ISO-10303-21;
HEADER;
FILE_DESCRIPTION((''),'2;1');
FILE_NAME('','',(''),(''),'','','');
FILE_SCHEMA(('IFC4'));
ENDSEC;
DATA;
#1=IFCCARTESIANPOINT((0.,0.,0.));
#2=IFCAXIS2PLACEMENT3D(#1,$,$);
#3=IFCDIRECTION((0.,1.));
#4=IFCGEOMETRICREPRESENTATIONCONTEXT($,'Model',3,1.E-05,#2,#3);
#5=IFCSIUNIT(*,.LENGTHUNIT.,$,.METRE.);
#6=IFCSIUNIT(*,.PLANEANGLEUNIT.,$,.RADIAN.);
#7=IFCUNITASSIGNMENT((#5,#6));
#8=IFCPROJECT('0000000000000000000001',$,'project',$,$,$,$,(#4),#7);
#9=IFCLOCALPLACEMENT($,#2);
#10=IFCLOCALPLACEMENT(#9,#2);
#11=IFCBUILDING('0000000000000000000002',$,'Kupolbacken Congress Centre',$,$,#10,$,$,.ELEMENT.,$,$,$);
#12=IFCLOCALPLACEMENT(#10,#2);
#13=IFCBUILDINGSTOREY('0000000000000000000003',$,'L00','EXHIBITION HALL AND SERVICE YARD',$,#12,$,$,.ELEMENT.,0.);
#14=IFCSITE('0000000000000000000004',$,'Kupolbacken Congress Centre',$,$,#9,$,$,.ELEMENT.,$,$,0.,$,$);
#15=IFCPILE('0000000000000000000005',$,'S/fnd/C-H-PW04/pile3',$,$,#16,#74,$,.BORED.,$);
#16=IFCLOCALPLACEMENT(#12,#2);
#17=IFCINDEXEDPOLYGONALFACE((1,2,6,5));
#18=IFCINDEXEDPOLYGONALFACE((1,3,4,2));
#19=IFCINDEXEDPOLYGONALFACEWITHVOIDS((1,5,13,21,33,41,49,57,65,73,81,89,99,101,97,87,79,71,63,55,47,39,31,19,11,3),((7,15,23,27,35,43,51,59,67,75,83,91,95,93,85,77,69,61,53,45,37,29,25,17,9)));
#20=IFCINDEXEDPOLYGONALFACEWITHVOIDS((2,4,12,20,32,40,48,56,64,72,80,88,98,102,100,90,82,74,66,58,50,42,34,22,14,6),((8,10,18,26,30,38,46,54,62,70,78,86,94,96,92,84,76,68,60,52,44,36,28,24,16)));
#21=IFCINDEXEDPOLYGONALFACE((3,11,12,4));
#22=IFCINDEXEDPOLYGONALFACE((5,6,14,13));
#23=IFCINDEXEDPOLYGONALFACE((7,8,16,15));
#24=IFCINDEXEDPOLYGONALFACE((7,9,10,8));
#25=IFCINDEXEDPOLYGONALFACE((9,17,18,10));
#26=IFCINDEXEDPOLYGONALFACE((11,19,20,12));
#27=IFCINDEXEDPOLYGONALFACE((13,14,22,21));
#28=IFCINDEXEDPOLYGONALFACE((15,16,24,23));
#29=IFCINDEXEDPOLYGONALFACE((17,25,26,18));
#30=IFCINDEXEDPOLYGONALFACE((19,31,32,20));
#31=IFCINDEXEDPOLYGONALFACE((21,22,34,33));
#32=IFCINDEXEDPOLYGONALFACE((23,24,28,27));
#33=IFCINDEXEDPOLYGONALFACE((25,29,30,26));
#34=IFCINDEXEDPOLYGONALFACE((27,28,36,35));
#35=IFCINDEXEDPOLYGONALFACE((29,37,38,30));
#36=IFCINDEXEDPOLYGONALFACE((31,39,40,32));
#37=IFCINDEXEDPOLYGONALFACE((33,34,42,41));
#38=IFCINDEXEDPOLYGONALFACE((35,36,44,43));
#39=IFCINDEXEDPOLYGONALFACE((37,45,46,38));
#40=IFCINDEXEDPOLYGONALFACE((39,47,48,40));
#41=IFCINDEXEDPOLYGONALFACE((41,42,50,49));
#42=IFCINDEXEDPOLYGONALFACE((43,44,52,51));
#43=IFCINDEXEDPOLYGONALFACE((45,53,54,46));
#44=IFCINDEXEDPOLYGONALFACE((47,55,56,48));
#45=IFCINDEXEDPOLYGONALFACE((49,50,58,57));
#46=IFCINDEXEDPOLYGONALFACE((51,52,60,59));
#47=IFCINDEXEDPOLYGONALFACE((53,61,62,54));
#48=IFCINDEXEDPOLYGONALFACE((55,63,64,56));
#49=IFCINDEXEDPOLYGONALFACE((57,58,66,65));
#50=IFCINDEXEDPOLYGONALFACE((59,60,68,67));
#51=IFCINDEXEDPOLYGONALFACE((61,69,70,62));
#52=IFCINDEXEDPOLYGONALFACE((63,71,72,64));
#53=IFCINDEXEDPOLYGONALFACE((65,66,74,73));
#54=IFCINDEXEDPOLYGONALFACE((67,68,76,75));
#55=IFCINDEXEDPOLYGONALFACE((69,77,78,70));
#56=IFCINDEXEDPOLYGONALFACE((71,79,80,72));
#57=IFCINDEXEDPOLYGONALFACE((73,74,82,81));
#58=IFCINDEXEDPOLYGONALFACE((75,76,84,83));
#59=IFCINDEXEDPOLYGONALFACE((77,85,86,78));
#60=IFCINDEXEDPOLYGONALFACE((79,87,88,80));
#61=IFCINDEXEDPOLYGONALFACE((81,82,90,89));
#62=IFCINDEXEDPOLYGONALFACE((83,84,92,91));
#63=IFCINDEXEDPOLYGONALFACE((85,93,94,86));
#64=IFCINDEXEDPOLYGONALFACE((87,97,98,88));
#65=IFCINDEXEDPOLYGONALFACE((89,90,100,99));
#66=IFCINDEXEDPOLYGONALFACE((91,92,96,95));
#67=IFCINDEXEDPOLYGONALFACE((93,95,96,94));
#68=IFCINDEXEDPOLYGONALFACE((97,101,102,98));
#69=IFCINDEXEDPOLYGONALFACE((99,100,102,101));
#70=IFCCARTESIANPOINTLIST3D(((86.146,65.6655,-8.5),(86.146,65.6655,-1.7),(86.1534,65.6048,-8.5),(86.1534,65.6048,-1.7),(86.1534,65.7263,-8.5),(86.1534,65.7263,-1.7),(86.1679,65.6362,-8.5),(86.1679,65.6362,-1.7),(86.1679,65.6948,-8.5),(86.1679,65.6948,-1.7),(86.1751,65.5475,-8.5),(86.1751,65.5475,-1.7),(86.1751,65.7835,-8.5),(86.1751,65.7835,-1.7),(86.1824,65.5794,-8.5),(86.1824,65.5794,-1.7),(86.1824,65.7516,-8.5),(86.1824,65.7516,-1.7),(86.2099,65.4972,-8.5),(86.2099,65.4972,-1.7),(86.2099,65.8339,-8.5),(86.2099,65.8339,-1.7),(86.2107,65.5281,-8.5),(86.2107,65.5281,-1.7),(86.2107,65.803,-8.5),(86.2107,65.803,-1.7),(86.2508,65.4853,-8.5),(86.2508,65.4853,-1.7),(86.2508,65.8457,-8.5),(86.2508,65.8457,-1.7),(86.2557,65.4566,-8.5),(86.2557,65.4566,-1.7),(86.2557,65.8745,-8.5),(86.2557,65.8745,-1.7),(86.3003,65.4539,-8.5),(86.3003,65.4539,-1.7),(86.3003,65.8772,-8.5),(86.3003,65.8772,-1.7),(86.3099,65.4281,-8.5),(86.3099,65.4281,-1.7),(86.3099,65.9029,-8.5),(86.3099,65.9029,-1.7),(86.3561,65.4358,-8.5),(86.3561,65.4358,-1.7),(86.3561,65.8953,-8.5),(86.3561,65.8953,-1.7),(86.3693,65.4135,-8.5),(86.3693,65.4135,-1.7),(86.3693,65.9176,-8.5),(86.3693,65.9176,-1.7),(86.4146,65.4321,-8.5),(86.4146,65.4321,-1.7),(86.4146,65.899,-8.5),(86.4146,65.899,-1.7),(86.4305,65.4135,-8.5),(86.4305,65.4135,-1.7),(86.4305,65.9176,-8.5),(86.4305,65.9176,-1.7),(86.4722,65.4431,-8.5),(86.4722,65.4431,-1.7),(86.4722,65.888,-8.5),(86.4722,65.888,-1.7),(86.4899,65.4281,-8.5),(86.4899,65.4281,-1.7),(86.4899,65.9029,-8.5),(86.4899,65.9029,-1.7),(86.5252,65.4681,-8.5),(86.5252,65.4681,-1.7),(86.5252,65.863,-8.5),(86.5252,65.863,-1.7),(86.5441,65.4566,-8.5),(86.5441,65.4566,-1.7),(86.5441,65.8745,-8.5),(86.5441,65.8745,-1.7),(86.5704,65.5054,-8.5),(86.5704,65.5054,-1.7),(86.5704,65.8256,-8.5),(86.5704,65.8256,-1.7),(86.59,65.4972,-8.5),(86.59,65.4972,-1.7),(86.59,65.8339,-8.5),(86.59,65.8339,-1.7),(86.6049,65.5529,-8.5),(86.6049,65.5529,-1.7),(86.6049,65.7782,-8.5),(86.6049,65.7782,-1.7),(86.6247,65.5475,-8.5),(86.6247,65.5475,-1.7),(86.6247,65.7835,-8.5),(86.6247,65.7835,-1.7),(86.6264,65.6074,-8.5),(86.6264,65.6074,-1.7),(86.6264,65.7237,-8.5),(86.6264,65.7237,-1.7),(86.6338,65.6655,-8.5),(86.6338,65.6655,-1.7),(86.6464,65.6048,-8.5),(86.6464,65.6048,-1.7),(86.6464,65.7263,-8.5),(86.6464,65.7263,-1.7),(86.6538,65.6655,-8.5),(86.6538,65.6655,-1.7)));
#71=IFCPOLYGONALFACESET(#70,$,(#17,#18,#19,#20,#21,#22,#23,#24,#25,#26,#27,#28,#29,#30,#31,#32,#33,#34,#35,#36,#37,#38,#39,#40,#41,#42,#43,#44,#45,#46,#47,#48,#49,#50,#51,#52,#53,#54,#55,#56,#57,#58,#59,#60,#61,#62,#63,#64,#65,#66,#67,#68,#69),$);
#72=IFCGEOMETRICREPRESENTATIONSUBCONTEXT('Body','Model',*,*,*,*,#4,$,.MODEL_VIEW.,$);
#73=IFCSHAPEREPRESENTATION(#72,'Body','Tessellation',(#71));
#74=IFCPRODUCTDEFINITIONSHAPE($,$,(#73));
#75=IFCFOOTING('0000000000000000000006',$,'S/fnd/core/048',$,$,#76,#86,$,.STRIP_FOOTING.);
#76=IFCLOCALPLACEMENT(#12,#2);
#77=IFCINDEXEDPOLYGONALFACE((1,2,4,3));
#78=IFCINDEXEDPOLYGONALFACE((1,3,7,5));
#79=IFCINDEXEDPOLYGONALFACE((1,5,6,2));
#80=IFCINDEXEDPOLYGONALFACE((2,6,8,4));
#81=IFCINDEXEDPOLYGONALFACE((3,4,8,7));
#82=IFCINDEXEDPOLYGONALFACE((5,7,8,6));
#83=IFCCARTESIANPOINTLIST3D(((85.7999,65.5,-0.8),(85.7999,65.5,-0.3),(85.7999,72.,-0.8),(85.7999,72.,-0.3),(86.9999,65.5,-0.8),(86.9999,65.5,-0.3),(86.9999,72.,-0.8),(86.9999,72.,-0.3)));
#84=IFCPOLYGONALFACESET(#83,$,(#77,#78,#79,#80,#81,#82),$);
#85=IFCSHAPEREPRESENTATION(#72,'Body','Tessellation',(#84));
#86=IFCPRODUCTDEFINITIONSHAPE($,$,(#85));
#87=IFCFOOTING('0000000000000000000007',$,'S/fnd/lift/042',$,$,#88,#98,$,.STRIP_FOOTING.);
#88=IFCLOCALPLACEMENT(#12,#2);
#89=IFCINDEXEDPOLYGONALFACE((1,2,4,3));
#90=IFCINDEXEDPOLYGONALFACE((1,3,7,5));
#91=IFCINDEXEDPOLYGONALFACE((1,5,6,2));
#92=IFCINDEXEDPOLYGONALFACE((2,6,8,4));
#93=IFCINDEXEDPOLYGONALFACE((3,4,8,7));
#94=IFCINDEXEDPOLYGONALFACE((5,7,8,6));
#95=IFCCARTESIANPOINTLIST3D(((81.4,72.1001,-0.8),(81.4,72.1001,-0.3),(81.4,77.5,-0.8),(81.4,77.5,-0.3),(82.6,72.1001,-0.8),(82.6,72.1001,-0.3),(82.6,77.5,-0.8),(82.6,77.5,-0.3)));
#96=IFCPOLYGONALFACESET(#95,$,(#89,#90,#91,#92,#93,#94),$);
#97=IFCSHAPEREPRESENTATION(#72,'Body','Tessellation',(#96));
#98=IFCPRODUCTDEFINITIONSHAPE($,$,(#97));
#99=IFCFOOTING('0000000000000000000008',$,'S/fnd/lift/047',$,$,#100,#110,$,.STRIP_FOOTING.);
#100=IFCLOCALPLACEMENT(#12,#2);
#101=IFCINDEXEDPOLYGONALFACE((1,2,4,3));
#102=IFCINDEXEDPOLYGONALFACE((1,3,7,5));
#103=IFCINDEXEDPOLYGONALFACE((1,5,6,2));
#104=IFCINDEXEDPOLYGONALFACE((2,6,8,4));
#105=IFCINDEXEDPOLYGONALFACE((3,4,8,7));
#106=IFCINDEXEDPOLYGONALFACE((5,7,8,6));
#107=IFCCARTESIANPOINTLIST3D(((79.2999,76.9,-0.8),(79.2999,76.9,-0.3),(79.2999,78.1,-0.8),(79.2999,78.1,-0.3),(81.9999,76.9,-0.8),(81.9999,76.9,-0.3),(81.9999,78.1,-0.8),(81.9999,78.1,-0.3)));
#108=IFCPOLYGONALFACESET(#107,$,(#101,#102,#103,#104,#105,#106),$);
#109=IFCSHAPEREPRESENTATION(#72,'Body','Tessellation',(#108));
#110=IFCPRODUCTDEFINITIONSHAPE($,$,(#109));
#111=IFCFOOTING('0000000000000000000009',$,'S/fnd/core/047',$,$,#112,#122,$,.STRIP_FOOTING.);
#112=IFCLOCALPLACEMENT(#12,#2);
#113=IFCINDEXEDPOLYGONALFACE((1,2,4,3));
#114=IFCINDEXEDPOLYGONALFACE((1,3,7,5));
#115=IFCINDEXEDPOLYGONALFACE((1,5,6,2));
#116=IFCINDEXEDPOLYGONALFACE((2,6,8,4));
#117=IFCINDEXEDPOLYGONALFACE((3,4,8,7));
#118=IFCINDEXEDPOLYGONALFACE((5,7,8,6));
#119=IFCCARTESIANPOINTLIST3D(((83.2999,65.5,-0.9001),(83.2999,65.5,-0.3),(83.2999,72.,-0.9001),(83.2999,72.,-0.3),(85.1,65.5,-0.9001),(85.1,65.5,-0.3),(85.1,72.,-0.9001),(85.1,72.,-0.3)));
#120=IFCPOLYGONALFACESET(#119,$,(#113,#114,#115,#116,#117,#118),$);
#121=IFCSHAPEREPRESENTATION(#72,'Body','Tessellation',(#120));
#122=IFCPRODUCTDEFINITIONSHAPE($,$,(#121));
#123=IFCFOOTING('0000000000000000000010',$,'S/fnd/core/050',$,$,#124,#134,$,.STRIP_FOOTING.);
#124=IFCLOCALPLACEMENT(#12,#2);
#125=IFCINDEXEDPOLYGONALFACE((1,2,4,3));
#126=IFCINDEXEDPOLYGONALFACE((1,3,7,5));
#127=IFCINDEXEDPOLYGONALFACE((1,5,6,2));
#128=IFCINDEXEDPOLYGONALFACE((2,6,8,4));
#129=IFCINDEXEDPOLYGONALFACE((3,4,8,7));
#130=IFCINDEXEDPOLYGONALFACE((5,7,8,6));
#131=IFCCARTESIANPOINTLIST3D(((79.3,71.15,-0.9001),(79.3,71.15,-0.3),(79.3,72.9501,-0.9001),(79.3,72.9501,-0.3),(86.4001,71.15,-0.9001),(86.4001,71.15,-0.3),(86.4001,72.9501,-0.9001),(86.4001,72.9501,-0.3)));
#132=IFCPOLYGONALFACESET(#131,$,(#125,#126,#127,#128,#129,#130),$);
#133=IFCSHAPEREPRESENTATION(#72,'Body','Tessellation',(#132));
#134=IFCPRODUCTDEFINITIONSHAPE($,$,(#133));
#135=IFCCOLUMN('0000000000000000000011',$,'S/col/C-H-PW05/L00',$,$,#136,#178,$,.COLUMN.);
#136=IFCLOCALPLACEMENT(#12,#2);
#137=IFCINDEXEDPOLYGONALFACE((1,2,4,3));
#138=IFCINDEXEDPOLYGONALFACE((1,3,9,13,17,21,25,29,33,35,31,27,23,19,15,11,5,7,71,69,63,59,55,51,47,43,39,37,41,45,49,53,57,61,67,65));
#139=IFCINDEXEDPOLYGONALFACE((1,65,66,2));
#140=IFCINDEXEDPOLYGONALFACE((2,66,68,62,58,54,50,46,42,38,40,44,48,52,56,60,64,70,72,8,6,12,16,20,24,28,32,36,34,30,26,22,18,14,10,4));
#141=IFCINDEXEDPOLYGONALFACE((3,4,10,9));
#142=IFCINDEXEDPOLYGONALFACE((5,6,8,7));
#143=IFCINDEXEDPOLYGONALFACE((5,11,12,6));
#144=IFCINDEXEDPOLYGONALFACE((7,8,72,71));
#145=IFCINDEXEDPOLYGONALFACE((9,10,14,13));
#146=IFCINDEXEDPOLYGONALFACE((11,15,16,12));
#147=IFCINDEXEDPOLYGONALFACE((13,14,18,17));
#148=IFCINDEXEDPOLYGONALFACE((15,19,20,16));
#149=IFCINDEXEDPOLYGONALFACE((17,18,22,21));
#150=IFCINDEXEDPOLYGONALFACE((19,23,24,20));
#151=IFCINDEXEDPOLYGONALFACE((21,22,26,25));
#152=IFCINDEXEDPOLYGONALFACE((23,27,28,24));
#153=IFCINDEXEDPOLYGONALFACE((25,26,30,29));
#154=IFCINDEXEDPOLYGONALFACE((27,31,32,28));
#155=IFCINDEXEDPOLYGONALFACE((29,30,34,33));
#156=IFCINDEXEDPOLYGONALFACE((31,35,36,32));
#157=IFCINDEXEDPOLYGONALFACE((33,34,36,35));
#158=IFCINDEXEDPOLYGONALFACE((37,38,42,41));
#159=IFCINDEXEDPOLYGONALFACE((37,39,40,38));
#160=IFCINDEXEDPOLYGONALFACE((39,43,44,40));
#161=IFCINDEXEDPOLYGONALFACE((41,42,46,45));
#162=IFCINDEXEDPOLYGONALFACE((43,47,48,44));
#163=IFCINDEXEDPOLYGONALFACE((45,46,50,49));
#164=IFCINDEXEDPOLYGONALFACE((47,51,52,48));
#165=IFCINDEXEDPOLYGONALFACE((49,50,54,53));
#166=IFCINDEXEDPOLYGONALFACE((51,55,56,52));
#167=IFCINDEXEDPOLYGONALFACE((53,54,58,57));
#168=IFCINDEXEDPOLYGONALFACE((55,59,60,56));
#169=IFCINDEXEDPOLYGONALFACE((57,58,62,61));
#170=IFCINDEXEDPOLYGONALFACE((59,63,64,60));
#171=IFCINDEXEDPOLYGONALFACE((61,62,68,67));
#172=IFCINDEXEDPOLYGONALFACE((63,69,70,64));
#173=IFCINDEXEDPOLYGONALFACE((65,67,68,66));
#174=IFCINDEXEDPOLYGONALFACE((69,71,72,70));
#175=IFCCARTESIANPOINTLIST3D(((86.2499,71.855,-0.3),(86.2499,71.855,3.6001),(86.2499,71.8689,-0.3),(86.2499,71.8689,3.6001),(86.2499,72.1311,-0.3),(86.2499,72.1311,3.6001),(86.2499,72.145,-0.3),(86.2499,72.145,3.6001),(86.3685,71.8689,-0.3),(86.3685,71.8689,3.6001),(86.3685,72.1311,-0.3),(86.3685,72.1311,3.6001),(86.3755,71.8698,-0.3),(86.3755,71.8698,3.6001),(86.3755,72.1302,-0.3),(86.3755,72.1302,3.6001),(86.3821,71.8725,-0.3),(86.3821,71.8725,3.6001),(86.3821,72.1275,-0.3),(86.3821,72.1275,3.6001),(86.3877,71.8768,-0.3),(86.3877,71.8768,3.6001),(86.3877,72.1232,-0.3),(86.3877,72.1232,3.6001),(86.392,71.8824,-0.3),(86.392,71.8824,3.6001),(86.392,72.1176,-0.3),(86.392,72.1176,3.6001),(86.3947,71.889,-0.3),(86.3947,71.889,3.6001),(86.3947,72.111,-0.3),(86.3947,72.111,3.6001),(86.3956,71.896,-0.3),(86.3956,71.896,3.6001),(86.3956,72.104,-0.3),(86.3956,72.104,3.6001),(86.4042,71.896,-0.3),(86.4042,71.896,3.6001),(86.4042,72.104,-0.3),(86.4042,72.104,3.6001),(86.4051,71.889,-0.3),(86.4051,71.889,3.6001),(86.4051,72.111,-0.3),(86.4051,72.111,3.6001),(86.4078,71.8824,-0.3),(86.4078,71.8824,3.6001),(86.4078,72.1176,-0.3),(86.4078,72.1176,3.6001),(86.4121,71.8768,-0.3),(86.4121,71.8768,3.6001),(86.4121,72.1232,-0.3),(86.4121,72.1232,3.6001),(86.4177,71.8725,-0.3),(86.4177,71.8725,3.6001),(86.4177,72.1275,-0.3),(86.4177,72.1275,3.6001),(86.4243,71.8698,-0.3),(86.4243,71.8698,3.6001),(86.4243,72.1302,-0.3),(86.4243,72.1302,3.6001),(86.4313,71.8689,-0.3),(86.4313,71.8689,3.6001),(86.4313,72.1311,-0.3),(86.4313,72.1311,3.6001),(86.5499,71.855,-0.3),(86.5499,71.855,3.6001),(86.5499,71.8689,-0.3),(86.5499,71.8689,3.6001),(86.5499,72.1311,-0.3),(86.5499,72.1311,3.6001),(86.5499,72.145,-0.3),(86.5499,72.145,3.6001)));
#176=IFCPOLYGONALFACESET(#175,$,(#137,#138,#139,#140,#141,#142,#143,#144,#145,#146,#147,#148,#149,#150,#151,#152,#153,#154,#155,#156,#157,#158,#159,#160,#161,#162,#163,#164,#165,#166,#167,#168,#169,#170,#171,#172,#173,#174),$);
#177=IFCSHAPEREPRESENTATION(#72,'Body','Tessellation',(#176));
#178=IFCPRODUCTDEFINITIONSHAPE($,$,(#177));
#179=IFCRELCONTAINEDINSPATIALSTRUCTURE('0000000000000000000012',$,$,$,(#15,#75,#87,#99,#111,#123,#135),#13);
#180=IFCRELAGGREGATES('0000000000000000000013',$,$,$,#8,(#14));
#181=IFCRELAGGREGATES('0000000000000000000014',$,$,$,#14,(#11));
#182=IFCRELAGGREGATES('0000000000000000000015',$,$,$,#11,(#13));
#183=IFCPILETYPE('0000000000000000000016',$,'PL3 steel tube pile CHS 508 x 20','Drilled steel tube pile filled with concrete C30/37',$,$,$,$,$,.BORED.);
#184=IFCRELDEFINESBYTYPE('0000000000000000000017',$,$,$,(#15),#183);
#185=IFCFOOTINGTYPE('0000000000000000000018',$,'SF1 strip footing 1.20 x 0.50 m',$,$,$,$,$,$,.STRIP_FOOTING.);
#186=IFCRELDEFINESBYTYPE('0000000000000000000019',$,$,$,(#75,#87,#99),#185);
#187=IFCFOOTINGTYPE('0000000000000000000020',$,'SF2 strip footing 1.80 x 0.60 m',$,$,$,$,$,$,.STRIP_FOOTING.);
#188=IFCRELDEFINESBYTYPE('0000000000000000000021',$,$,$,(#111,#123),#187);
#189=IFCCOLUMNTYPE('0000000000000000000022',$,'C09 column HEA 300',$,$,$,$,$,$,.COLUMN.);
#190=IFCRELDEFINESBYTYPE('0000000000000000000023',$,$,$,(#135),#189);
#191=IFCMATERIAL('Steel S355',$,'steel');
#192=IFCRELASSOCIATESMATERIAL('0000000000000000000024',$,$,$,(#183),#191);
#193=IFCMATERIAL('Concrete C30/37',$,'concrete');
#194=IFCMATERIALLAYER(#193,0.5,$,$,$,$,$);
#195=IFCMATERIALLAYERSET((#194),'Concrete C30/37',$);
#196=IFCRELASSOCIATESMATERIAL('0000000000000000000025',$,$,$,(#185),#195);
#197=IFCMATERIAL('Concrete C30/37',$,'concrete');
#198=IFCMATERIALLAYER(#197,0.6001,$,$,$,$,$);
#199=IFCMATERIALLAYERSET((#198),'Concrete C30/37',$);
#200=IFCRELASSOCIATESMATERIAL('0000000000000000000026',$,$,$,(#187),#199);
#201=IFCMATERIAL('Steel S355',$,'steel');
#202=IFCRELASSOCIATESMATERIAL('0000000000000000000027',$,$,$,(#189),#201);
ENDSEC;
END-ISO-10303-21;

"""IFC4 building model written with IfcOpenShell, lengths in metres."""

from ifc_helpers import new_model, si_unit, direction, frame, origin, origin_2d, place, context, subcontext, project, spatial, rectangle, hollow_circle, i_section, extrude, material, layer, layer_set, material_profile, profile_set, type_object, element, save


model = new_model("IFC4")

# Units and contexts
model_context = context("Model", 3, precision=1e-05, world=origin(), true_north=direction((0.0, 1.0)))
body_context = subcontext(model_context, "Body", "Model", "MODEL_VIEW")
ifc_project = project(units=[si_unit("LENGTHUNIT", "METRE"), si_unit("PLANEANGLEUNIT", "RADIAN")], contexts=[model_context])

# Site, building, storey
site_placement = place(None, origin())
site = spatial("IfcSite", under=ifc_project, at=site_placement, Name="Kupolbacken Congress Centre", CompositionType="ELEMENT", RefElevation=0.0)
building_placement = place(site_placement, origin())
building = spatial("IfcBuilding", under=site, at=building_placement, Name="Kupolbacken Congress Centre", CompositionType="ELEMENT")
storey_placement = place(building_placement, origin())
storey = spatial("IfcBuildingStorey", under=building, at=storey_placement, Name="L00", Description="EXHIBITION HALL AND SERVICE YARD", CompositionType="ELEMENT", Elevation=0.0)

# Pile
ifc_material_1 = material(Name="Steel S355", Category="steel")
ifc_material_profile_1 = material_profile(ifc_material_1, hollow_circle(Radius=0.2539, WallThickness=0.02, at=origin_2d()), Name="CHS 508 x 20")
ifc_profile_set_1 = profile_set([ifc_material_profile_1], Name="Steel S355")
pile_type_1 = type_object("IfcPileType", Name="PL3 steel tube pile CHS 508 x 20", Description="Drilled steel tube pile filled with concrete C30/37", PredefinedType="BORED", material=ifc_profile_set_1)
pile_placement = place(storey_placement, frame((86.3999, 65.6655, -1.7), z_axis=(0.0, 0.0, -1.0), x_axis=(1.0, 0.0, 0.0)))
element("IfcPile", 1, at=pile_placement, inside=storey, type_object=pile_type_1, Name="S/fnd/C-H-PW04/pile3", PredefinedType="BORED", context=body_context, shape_type="SweptSolid", body=[
    extrude(hollow_circle(Radius=0.2539, WallThickness=0.02, at=origin_2d()), origin(), (0.0, 0.0, 1.0), 6.8),
])

# Footings
ifc_material_2 = material(Name="Concrete C30/37", Category="concrete")
ifc_layer_1 = layer(ifc_material_2, 0.5)
ifc_layer_set_1 = layer_set([ifc_layer_1], Name="Concrete C30/37")
footing_type_1 = type_object("IfcFootingType", Name="SF1 strip footing 1.20 x 0.50 m", PredefinedType="STRIP_FOOTING", material=ifc_layer_set_1)
footing_1_placement = place(storey_placement, frame((86.3999, 68.75, -0.8), z_axis=(0.0, 0.0, 1.0), x_axis=(0.0, 1.0, 0.0)))
element("IfcFooting", 2, at=footing_1_placement, inside=storey, type_object=footing_type_1, Name="S/fnd/core/048", PredefinedType="STRIP_FOOTING", context=body_context, shape_type="SweptSolid", body=[
    extrude(rectangle(XDim=6.5, YDim=1.2, at=origin_2d()), origin(), (0.0, 0.0, 1.0), 0.5),
])
footing_2_placement = place(storey_placement, frame((82.0, 74.8, -0.8), z_axis=(0.0, 0.0, 1.0), x_axis=(0.0, 1.0, 0.0)))
element("IfcFooting", 3, at=footing_2_placement, inside=storey, type_object=footing_type_1, Name="S/fnd/lift/042", PredefinedType="STRIP_FOOTING", context=body_context, shape_type="SweptSolid", body=[
    extrude(rectangle(XDim=5.3999, YDim=1.2, at=origin_2d()), origin(), (0.0, 0.0, 1.0), 0.5),
])
footing_3_placement = place(storey_placement, frame((80.6499, 77.5, -0.8), z_axis=(0.0, 0.0, 1.0), x_axis=(1.0, 0.0, 0.0)))
element("IfcFooting", 4, at=footing_3_placement, inside=storey, type_object=footing_type_1, Name="S/fnd/lift/047", PredefinedType="STRIP_FOOTING", context=body_context, shape_type="SweptSolid", body=[
    extrude(rectangle(XDim=2.7, YDim=1.2, at=origin_2d()), origin(), (0.0, 0.0, 1.0), 0.5),
])
ifc_material_3 = material(Name="Concrete C30/37", Category="concrete")
ifc_layer_2 = layer(ifc_material_3, 0.6001)
ifc_layer_set_2 = layer_set([ifc_layer_2], Name="Concrete C30/37")
footing_type_2 = type_object("IfcFootingType", Name="SF2 strip footing 1.80 x 0.60 m", PredefinedType="STRIP_FOOTING", material=ifc_layer_set_2)
footing_4_placement = place(storey_placement, frame((84.2, 68.75, -0.9001), z_axis=(0.0, 0.0, 1.0), x_axis=(0.0, 1.0, 0.0)))
element("IfcFooting", 5, at=footing_4_placement, inside=storey, type_object=footing_type_2, Name="S/fnd/core/047", PredefinedType="STRIP_FOOTING", context=body_context, shape_type="SweptSolid", body=[
    extrude(rectangle(XDim=6.5, YDim=1.8, at=origin_2d()), origin(), (0.0, 0.0, 1.0), 0.6001),
])
footing_5_placement = place(storey_placement, frame((82.8501, 72.05, -0.9001), z_axis=(0.0, 0.0, 1.0), x_axis=(1.0, 0.0, 0.0)))
element("IfcFooting", 6, at=footing_5_placement, inside=storey, type_object=footing_type_2, Name="S/fnd/core/050", PredefinedType="STRIP_FOOTING", context=body_context, shape_type="SweptSolid", body=[
    extrude(rectangle(XDim=7.1001, YDim=1.8, at=origin_2d()), origin(), (0.0, 0.0, 1.0), 0.6001),
])

# Column
ifc_material_4 = material(Name="Steel S355", Category="steel")
ifc_material_profile_2 = material_profile(ifc_material_4, i_section(OverallWidth=0.3, OverallDepth=0.29, WebThickness=0.0085, FlangeThickness=0.0139, FilletRadius=0.0271, at=origin_2d()), Name="HEA 300")
ifc_profile_set_2 = profile_set([ifc_material_profile_2], Name="Steel S355")
column_type = type_object("IfcColumnType", Name="C09 column HEA 300", PredefinedType="COLUMN", material=ifc_profile_set_2)
column_placement = place(storey_placement, frame((86.3999, 72.0, -0.3), z_axis=(0.0, 0.0, 1.0), x_axis=(1.0, 0.0, 0.0)))
element("IfcColumn", 7, at=column_placement, inside=storey, type_object=column_type, Name="S/col/C-H-PW05/L00", PredefinedType="COLUMN", context=body_context, shape_type="SweptSolid", body=[
    extrude(i_section(OverallWidth=0.3, OverallDepth=0.29, WebThickness=0.0085, FlangeThickness=0.0139, FilletRadius=0.0271, at=origin_2d()), origin(), (0.0, 0.0, 1.0), 3.9001),
])

save(model, "model.ifc")
